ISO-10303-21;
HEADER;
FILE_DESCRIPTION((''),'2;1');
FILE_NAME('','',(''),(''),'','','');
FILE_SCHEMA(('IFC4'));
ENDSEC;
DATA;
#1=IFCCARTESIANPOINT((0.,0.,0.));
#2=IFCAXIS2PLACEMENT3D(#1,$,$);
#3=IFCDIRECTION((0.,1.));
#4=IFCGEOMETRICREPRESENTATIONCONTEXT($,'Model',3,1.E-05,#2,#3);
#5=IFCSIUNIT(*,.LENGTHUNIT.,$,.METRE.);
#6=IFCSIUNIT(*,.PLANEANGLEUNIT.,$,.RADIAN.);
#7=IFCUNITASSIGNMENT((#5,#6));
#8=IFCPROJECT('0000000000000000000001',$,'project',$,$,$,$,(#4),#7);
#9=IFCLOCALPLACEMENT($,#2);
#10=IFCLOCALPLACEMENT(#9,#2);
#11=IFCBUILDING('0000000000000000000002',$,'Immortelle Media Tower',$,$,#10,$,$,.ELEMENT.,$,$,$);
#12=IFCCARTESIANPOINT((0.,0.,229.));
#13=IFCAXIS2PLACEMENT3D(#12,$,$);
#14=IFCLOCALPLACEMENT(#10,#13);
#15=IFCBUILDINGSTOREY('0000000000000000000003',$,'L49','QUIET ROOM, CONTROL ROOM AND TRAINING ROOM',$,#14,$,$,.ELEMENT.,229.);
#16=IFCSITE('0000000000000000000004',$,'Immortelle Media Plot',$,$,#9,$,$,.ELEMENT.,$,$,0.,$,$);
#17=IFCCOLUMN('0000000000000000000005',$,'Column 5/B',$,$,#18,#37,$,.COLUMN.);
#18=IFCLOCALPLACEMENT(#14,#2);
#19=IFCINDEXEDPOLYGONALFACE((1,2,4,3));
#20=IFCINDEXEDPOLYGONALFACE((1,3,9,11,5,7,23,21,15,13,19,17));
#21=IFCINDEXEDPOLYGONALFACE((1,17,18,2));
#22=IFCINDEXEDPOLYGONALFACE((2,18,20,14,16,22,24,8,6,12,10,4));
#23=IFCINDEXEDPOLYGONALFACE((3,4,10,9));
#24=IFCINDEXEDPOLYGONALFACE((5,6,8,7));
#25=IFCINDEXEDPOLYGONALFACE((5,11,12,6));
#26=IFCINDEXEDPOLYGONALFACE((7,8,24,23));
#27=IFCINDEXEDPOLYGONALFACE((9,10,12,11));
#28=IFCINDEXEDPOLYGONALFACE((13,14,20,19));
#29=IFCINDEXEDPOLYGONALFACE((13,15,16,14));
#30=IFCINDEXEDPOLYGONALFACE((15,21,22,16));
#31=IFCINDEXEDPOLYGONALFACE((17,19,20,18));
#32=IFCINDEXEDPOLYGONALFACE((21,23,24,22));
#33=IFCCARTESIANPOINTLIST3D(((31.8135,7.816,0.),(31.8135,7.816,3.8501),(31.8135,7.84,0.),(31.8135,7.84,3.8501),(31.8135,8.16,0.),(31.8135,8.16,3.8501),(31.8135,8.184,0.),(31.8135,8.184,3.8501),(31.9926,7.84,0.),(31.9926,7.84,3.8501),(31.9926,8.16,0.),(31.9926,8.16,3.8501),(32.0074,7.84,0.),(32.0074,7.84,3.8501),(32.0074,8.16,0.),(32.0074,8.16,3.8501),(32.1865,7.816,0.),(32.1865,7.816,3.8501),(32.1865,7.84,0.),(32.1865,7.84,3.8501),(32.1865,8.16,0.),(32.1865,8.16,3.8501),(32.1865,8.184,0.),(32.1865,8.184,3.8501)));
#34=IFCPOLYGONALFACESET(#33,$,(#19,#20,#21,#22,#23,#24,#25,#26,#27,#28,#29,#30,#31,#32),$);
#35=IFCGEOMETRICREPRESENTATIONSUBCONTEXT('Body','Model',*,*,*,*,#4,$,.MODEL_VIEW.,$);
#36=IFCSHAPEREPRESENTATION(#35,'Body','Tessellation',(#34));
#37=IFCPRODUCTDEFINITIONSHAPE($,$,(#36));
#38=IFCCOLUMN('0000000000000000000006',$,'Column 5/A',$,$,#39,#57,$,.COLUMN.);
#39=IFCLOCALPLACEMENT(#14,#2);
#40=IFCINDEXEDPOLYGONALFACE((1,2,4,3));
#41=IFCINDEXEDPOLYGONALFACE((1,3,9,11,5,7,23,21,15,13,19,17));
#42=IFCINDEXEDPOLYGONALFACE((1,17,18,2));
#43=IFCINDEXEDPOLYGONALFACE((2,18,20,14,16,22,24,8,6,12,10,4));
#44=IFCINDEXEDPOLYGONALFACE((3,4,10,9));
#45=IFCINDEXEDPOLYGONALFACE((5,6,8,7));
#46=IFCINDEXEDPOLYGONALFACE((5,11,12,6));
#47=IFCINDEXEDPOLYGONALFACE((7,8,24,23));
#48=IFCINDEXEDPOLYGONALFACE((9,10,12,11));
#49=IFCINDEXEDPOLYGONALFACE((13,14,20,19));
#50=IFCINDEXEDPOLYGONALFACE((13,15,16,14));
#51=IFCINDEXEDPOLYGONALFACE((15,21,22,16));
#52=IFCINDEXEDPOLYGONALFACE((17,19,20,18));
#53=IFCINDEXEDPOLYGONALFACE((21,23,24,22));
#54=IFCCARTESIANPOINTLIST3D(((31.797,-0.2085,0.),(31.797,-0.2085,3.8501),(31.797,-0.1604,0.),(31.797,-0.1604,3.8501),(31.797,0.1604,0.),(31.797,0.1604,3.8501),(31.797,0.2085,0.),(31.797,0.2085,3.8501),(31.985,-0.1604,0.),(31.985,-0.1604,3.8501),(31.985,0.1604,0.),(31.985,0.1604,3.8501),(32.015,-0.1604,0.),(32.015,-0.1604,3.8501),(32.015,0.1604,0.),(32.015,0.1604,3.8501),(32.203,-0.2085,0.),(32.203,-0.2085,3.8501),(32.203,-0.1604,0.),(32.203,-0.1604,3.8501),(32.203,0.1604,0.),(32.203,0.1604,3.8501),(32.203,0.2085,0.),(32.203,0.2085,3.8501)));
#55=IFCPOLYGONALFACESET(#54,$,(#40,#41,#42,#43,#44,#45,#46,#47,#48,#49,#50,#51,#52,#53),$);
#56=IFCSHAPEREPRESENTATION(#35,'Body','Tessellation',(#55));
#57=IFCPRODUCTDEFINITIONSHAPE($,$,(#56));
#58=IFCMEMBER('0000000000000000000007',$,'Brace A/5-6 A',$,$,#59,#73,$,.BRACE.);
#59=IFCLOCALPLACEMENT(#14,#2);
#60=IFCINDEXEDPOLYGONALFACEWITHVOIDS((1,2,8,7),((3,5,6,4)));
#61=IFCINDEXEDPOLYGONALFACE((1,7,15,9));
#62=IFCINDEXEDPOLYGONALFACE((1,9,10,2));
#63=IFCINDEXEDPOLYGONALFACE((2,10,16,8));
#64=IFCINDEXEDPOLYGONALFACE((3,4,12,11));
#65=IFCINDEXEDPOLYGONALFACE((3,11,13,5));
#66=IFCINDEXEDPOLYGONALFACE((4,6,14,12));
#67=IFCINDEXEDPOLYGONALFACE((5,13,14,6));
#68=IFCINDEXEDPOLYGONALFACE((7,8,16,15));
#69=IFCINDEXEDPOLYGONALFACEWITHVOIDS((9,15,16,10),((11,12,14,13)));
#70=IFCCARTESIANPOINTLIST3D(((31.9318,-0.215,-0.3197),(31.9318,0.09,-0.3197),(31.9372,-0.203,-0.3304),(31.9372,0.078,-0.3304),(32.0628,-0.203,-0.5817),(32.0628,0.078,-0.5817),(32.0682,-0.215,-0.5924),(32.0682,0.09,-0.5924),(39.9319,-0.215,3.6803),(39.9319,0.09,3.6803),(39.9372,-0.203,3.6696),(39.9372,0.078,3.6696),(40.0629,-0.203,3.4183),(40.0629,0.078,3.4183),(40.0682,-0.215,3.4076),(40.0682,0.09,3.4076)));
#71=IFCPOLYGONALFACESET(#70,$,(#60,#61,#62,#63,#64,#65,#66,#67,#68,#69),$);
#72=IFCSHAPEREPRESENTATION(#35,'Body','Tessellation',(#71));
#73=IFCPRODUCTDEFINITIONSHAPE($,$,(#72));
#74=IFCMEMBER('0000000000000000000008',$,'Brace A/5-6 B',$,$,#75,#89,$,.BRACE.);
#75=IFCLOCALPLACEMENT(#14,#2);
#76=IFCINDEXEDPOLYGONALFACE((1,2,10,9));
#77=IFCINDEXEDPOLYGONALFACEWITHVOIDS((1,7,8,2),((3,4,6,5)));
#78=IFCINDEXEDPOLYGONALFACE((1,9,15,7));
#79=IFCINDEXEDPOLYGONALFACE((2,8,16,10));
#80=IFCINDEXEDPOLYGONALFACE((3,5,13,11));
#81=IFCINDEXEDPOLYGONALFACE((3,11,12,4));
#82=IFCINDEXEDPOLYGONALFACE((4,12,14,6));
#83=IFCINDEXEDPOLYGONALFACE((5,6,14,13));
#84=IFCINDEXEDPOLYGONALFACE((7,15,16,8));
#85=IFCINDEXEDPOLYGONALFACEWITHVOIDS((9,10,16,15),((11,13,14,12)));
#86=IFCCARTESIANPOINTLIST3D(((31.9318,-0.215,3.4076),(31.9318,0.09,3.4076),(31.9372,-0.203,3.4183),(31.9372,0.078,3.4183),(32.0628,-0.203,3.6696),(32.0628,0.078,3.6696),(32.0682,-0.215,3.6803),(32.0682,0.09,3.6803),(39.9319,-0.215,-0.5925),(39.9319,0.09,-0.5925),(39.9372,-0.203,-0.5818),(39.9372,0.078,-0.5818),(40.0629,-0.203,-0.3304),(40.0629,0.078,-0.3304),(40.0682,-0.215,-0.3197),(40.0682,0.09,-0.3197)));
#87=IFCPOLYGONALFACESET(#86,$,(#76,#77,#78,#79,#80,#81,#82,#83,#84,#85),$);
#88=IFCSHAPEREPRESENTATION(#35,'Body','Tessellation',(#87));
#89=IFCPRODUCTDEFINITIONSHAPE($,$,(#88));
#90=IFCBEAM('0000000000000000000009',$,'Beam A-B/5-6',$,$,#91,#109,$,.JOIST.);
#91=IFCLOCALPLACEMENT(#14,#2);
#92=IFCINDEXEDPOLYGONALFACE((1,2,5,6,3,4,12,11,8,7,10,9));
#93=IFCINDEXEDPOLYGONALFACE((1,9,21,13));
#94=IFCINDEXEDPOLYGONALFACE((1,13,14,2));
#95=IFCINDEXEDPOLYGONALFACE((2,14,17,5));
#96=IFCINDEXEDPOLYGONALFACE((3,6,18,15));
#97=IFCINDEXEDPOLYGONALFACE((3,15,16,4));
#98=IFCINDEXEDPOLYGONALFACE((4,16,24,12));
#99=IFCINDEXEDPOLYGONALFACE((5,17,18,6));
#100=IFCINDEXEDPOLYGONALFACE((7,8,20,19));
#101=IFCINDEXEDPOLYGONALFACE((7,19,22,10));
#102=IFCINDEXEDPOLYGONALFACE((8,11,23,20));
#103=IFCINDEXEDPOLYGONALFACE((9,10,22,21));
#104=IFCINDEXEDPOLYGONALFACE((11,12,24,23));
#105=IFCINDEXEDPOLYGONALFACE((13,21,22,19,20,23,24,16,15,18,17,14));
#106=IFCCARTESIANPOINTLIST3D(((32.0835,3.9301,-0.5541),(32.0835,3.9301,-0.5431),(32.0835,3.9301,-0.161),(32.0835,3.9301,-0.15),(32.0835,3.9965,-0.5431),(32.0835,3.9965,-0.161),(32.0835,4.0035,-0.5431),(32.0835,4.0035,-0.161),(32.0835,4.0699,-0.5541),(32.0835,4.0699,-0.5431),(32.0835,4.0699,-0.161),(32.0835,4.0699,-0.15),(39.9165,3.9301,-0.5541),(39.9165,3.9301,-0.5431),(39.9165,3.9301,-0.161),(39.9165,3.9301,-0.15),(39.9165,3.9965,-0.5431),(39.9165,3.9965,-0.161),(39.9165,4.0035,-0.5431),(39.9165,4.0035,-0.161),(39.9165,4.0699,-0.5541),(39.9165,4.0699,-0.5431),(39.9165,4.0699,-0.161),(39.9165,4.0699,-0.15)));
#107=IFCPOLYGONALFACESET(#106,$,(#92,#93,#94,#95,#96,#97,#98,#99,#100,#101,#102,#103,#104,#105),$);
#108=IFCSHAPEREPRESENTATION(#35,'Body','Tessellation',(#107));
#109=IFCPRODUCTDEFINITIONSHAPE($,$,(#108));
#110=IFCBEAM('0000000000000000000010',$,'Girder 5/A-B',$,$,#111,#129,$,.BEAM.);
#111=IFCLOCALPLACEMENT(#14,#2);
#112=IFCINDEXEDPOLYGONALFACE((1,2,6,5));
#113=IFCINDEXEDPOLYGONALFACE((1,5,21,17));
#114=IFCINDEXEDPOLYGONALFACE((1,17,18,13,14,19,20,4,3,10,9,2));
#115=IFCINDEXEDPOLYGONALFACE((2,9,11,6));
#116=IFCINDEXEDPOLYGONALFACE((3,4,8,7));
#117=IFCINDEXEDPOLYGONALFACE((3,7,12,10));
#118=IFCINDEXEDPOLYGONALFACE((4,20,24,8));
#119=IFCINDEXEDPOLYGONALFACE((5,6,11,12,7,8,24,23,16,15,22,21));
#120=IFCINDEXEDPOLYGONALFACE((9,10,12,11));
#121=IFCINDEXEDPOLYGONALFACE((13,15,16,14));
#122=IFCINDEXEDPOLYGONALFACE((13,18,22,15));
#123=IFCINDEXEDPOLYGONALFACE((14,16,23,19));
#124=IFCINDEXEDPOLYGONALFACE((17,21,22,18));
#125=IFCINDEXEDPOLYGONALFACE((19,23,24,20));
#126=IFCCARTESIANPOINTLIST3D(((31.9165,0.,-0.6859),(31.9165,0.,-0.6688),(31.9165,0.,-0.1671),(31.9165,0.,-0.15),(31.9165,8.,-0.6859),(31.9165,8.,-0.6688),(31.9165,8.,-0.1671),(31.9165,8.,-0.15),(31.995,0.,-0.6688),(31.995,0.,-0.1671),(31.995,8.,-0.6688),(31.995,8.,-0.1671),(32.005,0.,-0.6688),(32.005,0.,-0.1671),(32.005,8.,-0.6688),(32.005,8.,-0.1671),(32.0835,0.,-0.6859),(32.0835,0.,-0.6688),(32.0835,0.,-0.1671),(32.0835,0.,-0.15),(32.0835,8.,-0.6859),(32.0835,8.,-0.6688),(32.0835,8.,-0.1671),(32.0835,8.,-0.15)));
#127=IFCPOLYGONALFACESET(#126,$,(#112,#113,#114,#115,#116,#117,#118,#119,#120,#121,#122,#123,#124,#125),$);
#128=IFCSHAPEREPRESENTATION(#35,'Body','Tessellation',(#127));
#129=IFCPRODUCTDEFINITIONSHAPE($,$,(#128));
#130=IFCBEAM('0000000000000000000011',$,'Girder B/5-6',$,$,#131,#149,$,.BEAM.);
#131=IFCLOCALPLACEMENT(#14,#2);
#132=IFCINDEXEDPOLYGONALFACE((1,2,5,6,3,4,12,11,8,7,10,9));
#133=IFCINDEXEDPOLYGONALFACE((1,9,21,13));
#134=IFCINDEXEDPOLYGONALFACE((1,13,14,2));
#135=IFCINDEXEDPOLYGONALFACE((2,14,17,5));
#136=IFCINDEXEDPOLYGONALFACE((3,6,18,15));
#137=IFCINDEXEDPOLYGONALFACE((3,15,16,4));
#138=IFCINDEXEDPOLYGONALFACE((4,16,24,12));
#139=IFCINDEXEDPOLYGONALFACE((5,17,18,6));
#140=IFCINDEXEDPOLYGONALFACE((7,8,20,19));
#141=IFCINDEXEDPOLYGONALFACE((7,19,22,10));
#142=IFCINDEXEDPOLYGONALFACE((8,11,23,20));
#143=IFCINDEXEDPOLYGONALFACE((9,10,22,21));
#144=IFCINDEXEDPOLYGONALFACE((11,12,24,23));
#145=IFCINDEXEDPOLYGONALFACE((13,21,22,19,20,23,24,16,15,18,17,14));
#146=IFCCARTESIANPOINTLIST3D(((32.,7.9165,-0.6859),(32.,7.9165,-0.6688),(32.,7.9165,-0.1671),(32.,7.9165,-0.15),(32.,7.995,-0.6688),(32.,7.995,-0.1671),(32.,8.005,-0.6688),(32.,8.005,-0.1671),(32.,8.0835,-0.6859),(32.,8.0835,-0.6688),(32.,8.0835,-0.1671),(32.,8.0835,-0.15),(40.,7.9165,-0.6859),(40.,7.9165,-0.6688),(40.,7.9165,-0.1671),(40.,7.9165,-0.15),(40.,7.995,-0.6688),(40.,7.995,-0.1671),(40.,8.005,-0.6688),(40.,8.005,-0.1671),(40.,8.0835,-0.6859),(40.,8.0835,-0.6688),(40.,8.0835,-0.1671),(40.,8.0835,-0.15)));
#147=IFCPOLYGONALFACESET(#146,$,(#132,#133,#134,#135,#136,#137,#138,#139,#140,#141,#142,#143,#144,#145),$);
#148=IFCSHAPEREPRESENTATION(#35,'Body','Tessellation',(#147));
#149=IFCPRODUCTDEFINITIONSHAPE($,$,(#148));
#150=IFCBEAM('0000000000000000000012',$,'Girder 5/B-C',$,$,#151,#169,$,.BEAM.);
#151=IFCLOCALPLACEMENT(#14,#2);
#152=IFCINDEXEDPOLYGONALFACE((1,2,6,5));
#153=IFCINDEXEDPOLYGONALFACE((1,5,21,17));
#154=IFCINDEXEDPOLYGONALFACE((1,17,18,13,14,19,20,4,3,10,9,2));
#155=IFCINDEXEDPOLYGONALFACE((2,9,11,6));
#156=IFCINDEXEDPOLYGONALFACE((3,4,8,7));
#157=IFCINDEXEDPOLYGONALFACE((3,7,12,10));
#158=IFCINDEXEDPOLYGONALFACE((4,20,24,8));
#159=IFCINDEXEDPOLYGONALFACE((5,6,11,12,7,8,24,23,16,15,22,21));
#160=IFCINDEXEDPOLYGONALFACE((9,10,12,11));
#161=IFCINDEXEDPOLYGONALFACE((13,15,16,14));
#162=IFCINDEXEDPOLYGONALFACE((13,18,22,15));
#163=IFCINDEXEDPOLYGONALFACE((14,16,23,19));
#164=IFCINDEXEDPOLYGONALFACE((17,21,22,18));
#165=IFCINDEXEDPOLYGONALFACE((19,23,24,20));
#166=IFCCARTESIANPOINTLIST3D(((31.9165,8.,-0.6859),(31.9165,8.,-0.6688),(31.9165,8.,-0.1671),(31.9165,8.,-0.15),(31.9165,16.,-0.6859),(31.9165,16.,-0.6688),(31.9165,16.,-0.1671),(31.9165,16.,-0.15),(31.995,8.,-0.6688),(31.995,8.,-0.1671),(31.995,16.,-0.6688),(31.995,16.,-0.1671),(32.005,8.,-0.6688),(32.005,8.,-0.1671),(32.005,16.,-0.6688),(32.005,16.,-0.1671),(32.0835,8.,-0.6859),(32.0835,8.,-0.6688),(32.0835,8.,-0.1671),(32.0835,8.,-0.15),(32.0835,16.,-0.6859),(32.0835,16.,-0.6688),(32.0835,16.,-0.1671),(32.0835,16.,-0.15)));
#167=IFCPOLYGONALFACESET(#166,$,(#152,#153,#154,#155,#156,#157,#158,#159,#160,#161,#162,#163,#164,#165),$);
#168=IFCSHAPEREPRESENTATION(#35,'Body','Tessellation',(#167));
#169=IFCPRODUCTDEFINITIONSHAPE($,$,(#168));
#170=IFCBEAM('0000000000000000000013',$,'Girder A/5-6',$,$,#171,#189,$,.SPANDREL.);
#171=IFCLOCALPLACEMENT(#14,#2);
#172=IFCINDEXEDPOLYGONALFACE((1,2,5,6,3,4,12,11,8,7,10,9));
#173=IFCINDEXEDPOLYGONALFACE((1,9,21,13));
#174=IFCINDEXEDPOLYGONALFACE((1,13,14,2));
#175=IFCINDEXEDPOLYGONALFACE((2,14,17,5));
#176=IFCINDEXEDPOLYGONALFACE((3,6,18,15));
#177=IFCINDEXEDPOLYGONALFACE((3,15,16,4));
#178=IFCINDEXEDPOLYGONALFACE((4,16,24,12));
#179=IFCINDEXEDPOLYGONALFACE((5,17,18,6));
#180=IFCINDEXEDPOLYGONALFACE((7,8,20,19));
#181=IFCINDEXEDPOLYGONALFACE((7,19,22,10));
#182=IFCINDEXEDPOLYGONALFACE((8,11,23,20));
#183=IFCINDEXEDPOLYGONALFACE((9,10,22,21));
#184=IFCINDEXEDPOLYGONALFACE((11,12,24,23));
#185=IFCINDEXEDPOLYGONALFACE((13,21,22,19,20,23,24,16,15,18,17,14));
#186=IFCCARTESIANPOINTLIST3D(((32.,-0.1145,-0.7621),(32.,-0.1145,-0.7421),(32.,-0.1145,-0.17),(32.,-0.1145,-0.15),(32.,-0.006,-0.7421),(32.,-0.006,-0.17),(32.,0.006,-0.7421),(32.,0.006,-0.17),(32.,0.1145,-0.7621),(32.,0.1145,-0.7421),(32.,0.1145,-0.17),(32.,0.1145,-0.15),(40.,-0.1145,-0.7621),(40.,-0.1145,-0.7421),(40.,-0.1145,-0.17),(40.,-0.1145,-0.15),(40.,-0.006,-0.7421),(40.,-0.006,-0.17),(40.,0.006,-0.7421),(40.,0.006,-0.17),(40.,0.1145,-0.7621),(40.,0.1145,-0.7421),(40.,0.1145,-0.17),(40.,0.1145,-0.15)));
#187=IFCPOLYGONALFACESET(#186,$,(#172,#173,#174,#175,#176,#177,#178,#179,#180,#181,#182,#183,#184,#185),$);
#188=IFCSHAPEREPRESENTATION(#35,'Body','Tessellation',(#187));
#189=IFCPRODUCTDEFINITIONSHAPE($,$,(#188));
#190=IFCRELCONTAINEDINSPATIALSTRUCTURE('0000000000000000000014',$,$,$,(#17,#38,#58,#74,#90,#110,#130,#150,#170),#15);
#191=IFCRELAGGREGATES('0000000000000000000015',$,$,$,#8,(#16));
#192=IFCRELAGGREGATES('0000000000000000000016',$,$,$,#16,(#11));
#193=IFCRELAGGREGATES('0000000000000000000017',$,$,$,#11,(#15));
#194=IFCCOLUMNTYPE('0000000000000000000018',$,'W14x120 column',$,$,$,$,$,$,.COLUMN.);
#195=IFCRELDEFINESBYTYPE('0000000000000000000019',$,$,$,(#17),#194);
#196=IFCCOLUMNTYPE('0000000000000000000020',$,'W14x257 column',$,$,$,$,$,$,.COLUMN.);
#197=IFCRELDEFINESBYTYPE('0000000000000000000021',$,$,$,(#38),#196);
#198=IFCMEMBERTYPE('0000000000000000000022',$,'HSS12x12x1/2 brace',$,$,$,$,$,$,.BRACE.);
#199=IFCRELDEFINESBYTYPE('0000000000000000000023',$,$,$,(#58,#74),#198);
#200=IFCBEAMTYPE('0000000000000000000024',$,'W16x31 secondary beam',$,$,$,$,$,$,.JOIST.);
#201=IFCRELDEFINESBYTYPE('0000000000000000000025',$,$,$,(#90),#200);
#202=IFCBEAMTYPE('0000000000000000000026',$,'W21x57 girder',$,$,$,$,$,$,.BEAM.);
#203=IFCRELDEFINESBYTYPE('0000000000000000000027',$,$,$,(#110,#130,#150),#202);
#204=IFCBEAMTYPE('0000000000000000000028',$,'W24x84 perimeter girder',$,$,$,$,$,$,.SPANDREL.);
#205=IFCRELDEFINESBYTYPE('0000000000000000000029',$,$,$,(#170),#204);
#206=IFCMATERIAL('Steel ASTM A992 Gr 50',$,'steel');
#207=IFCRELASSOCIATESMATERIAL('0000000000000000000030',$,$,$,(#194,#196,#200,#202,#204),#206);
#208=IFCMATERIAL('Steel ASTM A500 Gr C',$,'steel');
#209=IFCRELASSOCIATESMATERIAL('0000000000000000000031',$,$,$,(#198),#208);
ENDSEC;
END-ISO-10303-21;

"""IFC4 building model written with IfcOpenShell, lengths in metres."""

from ifc_helpers import new_model, si_unit, direction, frame, origin, origin_2d, place, context, subcontext, project, spatial, hollow_rectangle, i_section, extrude, material, material_profile, profile_set, type_object, element, save


model = new_model("IFC4")

# Units and contexts
model_context = context("Model", 3, precision=1e-05, world=origin(), true_north=direction((0.0, 1.0)))
body_context = subcontext(model_context, "Body", "Model", "MODEL_VIEW")
ifc_project = project(units=[si_unit("LENGTHUNIT", "METRE"), si_unit("PLANEANGLEUNIT", "RADIAN")], contexts=[model_context])

# Site, building, storey
site_placement = place(None, origin())
site = spatial("IfcSite", under=ifc_project, at=site_placement, Name="Immortelle Media Plot", CompositionType="ELEMENT", RefElevation=0.0)
building_placement = place(site_placement, origin())
building = spatial("IfcBuilding", under=site, at=building_placement, Name="Immortelle Media Tower", CompositionType="ELEMENT")
storey_placement = place(building_placement, frame((0.0, 0.0, 229.0)))
storey = spatial("IfcBuildingStorey", under=building, at=storey_placement, Name="L49", Description="QUIET ROOM, CONTROL ROOM AND TRAINING ROOM", CompositionType="ELEMENT", Elevation=229.0)

# Columns
ifc_material_1 = material(Name="Steel ASTM A992 Gr 50", Category="steel")
ifc_material_profile_1 = material_profile(ifc_material_1, i_section(OverallWidth=0.373, OverallDepth=0.3679, WebThickness=0.0149, FlangeThickness=0.0239, at=origin_2d()), Name="W14x120")
ifc_profile_set_1 = profile_set([ifc_material_profile_1], Name="Steel ASTM A992 Gr 50")
column_type_1 = type_object("IfcColumnType", Name="W14x120 column", PredefinedType="COLUMN", material=ifc_profile_set_1)
column_1_placement = place(storey_placement, frame((32.0, 8.0, 0.0), z_axis=(0.0, 0.0, 1.0), x_axis=(1.0, 0.0, 0.0)))
element("IfcColumn", 1, at=column_1_placement, inside=storey, type_object=column_type_1, Name="Column 5/B", PredefinedType="COLUMN", context=body_context, shape_type="SweptSolid", body=[
    extrude(i_section(OverallWidth=0.373, OverallDepth=0.3679, WebThickness=0.0149, FlangeThickness=0.0239, at=origin_2d()), origin(), (0.0, 0.0, 1.0), 3.8501),
])
ifc_material_profile_2 = material_profile(ifc_material_1, i_section(OverallWidth=0.406, OverallDepth=0.417, WebThickness=0.03, FlangeThickness=0.0481, at=origin_2d()), Name="W14x257")
ifc_profile_set_2 = profile_set([ifc_material_profile_2], Name="Steel ASTM A992 Gr 50")
column_type_2 = type_object("IfcColumnType", Name="W14x257 column", PredefinedType="COLUMN", material=ifc_profile_set_2)
column_2_placement = place(storey_placement, frame((32.0, 0.0, 0.0), z_axis=(0.0, 0.0, 1.0), x_axis=(1.0, 0.0, 0.0)))
element("IfcColumn", 2, at=column_2_placement, inside=storey, type_object=column_type_2, Name="Column 5/A", PredefinedType="COLUMN", context=body_context, shape_type="SweptSolid", body=[
    extrude(i_section(OverallWidth=0.406, OverallDepth=0.417, WebThickness=0.03, FlangeThickness=0.0481, at=origin_2d()), origin(), (0.0, 0.0, 1.0), 3.8501),
])

# Members
ifc_material_2 = material(Name="Steel ASTM A500 Gr C", Category="steel")
ifc_material_profile_3 = material_profile(ifc_material_2, hollow_rectangle(XDim=0.3049, YDim=0.3049, WallThickness=0.012, at=origin_2d()), Name="HSS12x12x1/2 brace")
ifc_profile_set_3 = profile_set([ifc_material_profile_3], Name="Steel ASTM A500 Gr C")
member_type = type_object("IfcMemberType", Name="HSS12x12x1/2 brace", PredefinedType="BRACE", material=ifc_profile_set_3)
for number, where, z_axis, x_axis, name in (
    (3, (32.0, -0.0625, -0.4561), (0.894427, 0.0, 0.447214), (0.0, 1.0, 0.0), "Brace A/5-6 A"),
    (4, (32.0, -0.0625, 3.5439), (0.894427, 0.0, -0.447214), (0.0, 1.0, 0.0), "Brace A/5-6 B"),
):
    element("IfcMember", number, at=place(storey_placement, frame(where, z_axis=z_axis, x_axis=x_axis)), inside=storey, type_object=member_type, Name=name, PredefinedType="BRACE", context=body_context, shape_type="SweptSolid", body=[
        extrude(hollow_rectangle(XDim=0.3049, YDim=0.3049, WallThickness=0.012, at=origin_2d()), origin(), (0.0, 0.0, 1.0), 8.9443),
    ])

# Beams
ifc_material_profile_4 = material_profile(ifc_material_1, i_section(OverallWidth=0.1399, OverallDepth=0.4041, WebThickness=0.0071, FlangeThickness=0.011, at=origin_2d()), Name="W16x31")
ifc_profile_set_4 = profile_set([ifc_material_profile_4], Name="Steel ASTM A992 Gr 50")
beam_type_1 = type_object("IfcBeamType", Name="W16x31 secondary beam", PredefinedType="JOIST", material=ifc_profile_set_4)
beam_1_placement = place(storey_placement, frame((32.0835, 4.0, -0.3521), z_axis=(1.0, 0.0, 0.0), x_axis=(0.0, 1.0, 0.0)))
element("IfcBeam", 5, at=beam_1_placement, inside=storey, type_object=beam_type_1, Name="Beam A-B/5-6", PredefinedType="JOIST", context=body_context, shape_type="SweptSolid", body=[
    extrude(i_section(OverallWidth=0.1399, OverallDepth=0.4041, WebThickness=0.0071, FlangeThickness=0.011, at=origin_2d()), origin(), (0.0, 0.0, 1.0), 7.833),
])
ifc_material_profile_5 = material_profile(ifc_material_1, i_section(OverallWidth=0.167, OverallDepth=0.5359, WebThickness=0.01, FlangeThickness=0.0171, at=origin_2d()), Name="W21x57")
ifc_profile_set_5 = profile_set([ifc_material_profile_5], Name="Steel ASTM A992 Gr 50")
beam_type_2 = type_object("IfcBeamType", Name="W21x57 girder", PredefinedType="BEAM", material=ifc_profile_set_5)
for number, where, z_axis, x_axis, name in (
    (6, (32.0, 0.0, -0.418), (0.0, 1.0, 0.0), (-1.0, 0.0, 0.0), "Girder 5/A-B"),
    (7, (32.0, 8.0, -0.418), (1.0, 0.0, 0.0), (0.0, 1.0, 0.0), "Girder B/5-6"),
    (8, (32.0, 8.0, -0.418), (0.0, 1.0, 0.0), (-1.0, 0.0, 0.0), "Girder 5/B-C"),
):
    element("IfcBeam", number, at=place(storey_placement, frame(where, z_axis=z_axis, x_axis=x_axis)), inside=storey, type_object=beam_type_2, Name=name, PredefinedType="BEAM", context=body_context, shape_type="SweptSolid", body=[
        extrude(i_section(OverallWidth=0.167, OverallDepth=0.5359, WebThickness=0.01, FlangeThickness=0.0171, at=origin_2d()), origin(), (0.0, 0.0, 1.0), 8.0),
    ])
ifc_material_profile_6 = material_profile(ifc_material_1, i_section(OverallWidth=0.229, OverallDepth=0.6121, WebThickness=0.012, FlangeThickness=0.02, at=origin_2d()), Name="W24x84")
ifc_profile_set_6 = profile_set([ifc_material_profile_6], Name="Steel ASTM A992 Gr 50")
beam_type_3 = type_object("IfcBeamType", Name="W24x84 perimeter girder", PredefinedType="SPANDREL", material=ifc_profile_set_6)
beam_2_placement = place(storey_placement, frame((32.0, 0.0, -0.4561), z_axis=(1.0, 0.0, 0.0), x_axis=(0.0, 1.0, 0.0)))
element("IfcBeam", 9, at=beam_2_placement, inside=storey, type_object=beam_type_3, Name="Girder A/5-6", PredefinedType="SPANDREL", context=body_context, shape_type="SweptSolid", body=[
    extrude(i_section(OverallWidth=0.229, OverallDepth=0.6121, WebThickness=0.012, FlangeThickness=0.02, at=origin_2d()), origin(), (0.0, 0.0, 1.0), 8.0),
])

save(model, "model.ifc")
